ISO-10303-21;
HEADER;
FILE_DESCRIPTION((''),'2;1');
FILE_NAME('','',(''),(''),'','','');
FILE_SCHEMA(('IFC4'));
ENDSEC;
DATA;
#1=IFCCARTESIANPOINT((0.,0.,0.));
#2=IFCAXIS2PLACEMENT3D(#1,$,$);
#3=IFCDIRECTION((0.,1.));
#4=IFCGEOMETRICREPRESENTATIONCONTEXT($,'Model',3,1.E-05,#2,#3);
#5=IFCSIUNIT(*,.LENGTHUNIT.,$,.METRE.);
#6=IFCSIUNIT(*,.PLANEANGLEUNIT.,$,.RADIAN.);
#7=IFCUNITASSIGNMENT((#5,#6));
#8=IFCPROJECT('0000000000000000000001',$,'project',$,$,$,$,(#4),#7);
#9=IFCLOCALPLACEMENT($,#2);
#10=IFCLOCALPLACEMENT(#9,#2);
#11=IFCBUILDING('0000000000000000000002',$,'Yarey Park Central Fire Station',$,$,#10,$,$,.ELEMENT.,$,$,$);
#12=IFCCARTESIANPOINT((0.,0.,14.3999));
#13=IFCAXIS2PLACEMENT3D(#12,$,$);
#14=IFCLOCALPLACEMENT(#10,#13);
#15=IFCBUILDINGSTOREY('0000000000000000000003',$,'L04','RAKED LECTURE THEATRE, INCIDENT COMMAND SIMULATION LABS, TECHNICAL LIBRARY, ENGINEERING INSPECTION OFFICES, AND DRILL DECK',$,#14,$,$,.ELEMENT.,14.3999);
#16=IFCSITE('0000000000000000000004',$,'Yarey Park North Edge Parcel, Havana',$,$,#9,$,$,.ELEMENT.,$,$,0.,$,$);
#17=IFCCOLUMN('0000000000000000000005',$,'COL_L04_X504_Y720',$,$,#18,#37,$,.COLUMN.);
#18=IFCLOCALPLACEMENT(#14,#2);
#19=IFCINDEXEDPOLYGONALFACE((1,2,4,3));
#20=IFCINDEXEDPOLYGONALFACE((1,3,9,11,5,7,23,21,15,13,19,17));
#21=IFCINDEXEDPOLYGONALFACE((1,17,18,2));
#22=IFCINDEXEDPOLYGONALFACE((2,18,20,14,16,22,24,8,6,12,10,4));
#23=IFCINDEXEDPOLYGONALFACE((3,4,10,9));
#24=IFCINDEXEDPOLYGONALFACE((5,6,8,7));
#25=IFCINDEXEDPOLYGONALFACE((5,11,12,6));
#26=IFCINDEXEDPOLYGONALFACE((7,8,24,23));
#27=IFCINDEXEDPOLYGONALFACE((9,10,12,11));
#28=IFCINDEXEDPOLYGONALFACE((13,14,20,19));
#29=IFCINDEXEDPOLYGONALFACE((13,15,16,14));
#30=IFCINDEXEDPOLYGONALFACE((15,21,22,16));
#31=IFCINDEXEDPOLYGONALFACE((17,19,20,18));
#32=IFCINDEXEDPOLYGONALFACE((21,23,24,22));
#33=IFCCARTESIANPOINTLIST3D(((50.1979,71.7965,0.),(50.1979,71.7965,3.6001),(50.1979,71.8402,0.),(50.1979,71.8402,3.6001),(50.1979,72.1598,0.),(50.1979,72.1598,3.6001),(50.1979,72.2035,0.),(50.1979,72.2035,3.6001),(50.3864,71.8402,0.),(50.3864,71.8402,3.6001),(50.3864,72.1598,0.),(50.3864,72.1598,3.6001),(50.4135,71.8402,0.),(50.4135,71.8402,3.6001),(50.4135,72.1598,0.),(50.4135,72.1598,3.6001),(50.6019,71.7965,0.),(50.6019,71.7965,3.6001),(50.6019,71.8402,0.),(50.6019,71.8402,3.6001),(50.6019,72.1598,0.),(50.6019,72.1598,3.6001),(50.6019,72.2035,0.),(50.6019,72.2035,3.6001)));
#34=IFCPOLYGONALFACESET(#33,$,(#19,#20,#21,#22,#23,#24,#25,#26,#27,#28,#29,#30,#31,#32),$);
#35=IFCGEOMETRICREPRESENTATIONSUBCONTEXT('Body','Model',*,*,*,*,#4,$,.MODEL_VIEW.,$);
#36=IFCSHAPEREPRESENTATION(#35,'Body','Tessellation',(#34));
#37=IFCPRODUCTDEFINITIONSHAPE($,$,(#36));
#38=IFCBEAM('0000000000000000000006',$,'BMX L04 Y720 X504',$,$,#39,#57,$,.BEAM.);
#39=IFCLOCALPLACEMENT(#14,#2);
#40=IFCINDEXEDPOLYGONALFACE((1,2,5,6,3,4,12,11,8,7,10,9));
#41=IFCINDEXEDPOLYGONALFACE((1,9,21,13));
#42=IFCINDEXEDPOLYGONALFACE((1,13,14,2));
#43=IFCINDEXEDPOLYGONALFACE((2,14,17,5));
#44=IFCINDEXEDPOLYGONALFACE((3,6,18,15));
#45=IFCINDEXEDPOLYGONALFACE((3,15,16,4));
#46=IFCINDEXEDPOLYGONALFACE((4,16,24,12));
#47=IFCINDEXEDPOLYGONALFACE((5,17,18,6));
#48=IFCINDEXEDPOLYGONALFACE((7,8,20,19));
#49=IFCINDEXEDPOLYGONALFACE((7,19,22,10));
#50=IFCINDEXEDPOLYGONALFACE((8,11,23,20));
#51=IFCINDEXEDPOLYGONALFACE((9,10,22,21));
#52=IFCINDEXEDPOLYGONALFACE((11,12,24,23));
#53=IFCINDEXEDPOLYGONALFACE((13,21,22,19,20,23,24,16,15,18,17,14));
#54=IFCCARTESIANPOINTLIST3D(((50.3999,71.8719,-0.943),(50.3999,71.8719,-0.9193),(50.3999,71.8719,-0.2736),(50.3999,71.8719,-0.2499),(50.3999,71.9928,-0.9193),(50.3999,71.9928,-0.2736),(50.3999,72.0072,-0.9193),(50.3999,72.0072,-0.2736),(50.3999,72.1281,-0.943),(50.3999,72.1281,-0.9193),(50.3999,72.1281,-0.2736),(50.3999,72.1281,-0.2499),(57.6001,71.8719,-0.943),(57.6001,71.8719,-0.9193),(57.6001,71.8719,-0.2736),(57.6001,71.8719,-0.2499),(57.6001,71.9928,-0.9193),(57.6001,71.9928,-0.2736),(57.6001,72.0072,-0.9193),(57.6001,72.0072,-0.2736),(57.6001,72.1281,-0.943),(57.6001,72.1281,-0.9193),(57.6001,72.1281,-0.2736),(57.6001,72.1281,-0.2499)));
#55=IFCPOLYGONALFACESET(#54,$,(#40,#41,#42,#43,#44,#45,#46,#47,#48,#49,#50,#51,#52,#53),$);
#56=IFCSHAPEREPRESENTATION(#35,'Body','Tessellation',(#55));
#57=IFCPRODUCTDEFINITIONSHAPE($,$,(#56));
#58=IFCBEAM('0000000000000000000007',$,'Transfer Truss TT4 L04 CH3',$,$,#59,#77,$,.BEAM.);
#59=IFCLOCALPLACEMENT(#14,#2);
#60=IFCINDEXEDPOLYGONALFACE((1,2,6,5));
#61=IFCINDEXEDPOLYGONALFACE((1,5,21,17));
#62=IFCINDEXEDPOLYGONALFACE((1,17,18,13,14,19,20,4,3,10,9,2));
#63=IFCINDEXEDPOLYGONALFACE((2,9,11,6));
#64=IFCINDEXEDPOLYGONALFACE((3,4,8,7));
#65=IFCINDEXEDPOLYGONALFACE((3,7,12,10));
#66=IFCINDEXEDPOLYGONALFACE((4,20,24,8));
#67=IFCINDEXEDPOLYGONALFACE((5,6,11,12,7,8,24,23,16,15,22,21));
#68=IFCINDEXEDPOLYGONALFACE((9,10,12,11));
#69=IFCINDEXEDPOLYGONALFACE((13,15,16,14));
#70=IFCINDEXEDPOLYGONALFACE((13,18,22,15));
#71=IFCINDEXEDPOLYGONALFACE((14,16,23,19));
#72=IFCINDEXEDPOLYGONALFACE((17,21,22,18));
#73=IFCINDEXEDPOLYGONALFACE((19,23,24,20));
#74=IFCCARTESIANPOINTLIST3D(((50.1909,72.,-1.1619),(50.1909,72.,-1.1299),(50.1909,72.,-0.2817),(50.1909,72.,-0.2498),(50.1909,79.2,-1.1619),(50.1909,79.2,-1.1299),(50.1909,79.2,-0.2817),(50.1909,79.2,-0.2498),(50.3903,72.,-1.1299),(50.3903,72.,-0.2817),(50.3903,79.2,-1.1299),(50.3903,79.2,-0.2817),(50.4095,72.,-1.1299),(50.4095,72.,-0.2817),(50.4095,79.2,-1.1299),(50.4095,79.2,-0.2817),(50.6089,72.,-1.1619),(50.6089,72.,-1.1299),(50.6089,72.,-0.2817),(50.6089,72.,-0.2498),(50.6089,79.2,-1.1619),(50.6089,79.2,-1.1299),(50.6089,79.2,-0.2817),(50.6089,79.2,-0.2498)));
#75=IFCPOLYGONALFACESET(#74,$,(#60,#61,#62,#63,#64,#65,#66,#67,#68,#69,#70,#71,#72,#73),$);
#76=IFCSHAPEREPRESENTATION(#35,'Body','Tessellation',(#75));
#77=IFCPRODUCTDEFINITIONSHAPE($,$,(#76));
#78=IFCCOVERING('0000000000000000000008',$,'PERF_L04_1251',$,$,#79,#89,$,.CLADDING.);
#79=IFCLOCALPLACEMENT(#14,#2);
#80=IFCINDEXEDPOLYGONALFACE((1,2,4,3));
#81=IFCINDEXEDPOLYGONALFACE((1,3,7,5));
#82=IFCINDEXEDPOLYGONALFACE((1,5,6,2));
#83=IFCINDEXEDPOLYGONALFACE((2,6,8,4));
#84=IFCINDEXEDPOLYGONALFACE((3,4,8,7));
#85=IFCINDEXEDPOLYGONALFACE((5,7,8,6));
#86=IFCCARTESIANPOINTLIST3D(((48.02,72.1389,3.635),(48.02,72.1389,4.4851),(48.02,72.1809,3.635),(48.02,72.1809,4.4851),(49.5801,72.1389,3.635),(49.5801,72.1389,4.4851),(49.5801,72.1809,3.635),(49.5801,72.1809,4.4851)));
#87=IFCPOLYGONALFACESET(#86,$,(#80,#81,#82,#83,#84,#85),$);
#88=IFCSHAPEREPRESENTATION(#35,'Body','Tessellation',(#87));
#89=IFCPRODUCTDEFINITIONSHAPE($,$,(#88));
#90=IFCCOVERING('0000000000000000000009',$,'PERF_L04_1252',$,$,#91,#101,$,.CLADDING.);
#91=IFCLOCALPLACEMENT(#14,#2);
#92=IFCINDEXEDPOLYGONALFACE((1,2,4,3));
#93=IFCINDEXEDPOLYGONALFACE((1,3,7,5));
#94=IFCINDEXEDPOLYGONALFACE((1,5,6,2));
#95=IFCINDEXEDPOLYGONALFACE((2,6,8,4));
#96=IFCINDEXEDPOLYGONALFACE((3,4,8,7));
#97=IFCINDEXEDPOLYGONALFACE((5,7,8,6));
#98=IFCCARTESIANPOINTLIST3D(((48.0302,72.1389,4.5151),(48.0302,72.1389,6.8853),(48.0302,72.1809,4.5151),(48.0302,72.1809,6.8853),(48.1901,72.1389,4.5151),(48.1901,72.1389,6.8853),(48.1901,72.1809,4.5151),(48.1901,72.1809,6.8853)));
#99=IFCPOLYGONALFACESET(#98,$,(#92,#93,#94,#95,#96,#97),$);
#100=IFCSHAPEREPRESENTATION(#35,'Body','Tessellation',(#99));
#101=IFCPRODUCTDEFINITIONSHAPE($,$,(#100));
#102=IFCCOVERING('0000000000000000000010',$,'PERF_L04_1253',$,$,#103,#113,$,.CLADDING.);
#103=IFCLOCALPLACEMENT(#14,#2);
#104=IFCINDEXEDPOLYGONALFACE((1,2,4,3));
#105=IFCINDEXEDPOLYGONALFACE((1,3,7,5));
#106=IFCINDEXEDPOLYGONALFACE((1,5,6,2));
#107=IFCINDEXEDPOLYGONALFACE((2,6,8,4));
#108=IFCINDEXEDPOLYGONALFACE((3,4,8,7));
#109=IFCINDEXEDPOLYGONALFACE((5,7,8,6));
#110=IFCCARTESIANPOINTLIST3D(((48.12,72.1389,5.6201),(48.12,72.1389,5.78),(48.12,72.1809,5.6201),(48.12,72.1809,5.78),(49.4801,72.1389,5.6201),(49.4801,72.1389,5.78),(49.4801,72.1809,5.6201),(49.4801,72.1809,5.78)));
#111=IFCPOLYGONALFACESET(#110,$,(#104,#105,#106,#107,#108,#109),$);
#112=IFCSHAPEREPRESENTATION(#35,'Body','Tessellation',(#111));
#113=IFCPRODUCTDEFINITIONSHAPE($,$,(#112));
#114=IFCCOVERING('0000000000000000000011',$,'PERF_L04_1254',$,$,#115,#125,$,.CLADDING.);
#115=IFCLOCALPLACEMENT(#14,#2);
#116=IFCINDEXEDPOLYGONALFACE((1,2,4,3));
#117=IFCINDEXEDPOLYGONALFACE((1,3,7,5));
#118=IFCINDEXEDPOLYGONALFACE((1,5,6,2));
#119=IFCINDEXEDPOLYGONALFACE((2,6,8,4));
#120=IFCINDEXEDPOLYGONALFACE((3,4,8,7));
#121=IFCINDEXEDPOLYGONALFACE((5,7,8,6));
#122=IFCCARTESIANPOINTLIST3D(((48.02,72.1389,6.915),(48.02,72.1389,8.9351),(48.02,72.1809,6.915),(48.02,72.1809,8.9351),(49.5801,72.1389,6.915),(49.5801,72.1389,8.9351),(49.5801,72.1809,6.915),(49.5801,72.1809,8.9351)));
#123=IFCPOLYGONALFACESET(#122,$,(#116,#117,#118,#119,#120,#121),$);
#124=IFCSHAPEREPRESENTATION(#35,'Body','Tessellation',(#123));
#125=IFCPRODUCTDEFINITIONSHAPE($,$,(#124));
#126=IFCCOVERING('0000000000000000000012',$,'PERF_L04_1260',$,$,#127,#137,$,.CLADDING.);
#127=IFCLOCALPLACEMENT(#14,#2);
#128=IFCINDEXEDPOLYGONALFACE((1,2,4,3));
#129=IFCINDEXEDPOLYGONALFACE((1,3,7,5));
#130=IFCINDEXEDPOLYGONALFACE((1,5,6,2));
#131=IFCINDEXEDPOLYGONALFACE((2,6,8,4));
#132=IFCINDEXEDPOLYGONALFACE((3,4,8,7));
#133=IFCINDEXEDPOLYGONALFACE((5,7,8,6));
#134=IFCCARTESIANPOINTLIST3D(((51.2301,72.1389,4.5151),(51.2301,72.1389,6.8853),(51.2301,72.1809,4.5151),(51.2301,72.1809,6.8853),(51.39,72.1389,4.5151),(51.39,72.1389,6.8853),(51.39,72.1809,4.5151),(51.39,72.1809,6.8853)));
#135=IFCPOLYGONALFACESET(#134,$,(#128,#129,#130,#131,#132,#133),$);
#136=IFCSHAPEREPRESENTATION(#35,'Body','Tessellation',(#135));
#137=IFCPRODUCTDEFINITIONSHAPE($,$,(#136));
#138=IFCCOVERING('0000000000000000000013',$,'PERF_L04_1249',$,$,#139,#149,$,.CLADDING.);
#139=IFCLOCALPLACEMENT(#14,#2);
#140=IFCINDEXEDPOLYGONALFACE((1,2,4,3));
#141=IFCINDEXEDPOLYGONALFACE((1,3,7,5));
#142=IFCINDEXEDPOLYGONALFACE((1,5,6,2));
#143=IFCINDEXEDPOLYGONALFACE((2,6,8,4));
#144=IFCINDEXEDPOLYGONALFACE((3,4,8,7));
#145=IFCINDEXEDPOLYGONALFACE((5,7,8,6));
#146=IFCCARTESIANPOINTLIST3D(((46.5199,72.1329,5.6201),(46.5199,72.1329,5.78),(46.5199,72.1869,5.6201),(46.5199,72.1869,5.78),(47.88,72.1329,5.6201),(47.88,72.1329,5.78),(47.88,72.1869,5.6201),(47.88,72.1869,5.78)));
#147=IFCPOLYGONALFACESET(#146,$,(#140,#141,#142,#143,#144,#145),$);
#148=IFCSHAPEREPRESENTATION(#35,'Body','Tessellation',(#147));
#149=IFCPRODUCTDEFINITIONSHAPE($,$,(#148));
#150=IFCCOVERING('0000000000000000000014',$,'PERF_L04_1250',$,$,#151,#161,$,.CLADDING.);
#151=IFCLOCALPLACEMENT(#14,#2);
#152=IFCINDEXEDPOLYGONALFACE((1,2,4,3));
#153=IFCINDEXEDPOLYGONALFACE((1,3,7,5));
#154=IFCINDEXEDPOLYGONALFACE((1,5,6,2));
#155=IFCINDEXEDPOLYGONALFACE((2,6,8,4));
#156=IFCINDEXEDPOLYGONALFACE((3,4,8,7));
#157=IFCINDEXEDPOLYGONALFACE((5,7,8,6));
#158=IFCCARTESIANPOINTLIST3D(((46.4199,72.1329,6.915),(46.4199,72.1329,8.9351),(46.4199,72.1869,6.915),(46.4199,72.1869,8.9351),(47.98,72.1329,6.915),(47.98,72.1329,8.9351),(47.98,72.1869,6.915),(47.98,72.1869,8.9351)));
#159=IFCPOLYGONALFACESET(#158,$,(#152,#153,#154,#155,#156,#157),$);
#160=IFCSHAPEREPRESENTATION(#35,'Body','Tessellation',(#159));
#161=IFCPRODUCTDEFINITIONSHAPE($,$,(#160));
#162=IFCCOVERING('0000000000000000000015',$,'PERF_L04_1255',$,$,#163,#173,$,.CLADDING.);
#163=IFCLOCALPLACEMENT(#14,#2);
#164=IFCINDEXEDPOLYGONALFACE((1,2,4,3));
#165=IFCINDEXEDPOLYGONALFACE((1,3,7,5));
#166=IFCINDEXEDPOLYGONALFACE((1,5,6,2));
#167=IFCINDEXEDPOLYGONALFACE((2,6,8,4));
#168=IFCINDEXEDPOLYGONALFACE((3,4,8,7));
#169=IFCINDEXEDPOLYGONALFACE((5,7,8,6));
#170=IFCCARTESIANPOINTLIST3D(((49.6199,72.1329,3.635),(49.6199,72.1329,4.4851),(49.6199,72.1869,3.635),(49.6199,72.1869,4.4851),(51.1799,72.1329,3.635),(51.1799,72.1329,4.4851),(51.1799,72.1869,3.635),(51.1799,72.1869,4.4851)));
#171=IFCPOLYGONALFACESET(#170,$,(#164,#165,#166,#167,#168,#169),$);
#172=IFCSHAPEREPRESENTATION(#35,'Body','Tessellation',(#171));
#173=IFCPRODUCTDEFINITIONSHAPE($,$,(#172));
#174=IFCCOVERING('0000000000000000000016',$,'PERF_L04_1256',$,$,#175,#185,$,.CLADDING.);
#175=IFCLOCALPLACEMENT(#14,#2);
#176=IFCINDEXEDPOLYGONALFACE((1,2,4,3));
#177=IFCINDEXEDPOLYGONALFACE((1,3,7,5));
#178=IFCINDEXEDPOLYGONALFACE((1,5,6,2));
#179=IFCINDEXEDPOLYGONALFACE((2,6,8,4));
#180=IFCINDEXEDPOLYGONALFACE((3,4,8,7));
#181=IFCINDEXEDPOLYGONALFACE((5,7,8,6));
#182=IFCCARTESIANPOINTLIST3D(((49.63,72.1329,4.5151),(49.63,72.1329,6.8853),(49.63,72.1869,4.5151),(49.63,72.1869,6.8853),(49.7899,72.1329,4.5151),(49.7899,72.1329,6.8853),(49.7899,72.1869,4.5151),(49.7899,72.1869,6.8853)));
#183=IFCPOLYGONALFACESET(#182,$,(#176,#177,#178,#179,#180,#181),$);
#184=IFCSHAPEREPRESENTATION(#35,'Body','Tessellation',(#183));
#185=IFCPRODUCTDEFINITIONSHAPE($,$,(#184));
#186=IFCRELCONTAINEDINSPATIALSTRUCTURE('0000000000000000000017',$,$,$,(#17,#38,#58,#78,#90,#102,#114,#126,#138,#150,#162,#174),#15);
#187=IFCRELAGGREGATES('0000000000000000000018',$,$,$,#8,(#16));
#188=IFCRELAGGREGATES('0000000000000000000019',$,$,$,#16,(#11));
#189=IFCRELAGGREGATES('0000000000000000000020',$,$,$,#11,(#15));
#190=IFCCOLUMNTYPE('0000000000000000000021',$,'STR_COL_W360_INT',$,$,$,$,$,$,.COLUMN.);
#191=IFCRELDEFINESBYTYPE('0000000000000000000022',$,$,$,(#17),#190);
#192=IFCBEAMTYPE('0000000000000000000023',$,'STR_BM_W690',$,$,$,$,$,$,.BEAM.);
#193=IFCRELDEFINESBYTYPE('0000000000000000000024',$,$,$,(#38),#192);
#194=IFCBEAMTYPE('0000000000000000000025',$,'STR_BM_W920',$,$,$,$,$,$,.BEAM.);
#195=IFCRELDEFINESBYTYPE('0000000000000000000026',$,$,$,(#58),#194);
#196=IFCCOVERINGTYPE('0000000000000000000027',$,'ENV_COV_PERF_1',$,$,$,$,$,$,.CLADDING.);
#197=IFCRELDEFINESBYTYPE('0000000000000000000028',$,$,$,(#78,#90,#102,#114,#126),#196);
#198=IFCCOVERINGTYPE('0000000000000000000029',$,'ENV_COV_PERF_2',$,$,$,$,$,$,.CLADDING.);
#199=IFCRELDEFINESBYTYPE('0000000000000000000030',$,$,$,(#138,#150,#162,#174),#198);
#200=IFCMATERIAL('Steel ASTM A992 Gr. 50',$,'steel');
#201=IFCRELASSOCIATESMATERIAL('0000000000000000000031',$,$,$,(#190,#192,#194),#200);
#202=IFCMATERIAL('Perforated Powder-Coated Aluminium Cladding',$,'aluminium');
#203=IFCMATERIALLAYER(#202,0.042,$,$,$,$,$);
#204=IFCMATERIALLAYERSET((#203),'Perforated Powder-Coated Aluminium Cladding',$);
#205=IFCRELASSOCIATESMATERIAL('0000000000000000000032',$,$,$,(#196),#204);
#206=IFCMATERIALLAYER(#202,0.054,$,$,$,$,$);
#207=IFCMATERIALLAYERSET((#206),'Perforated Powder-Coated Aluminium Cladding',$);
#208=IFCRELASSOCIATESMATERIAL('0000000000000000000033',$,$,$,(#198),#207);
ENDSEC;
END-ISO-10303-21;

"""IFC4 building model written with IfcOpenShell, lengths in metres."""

from ifc_helpers import new_model, si_unit, direction, frame, origin, origin_2d, place, context, subcontext, project, spatial, rectangle, i_section, extrude, material, layer, layer_set, material_profile, profile_set, type_object, element, save


model = new_model("IFC4")

# Units and contexts
model_context = context("Model", 3, precision=1e-05, world=origin(), true_north=direction((0.0, 1.0)))
body_context = subcontext(model_context, "Body", "Model", "MODEL_VIEW")
ifc_project = project(units=[si_unit("LENGTHUNIT", "METRE"), si_unit("PLANEANGLEUNIT", "RADIAN")], contexts=[model_context])

# Site, building, storey
site_placement = place(None, origin())
site = spatial("IfcSite", under=ifc_project, at=site_placement, Name="Yarey Park North Edge Parcel, Havana", CompositionType="ELEMENT", RefElevation=0.0)
building_placement = place(site_placement, origin())
building = spatial("IfcBuilding", under=site, at=building_placement, Name="Yarey Park Central Fire Station", CompositionType="ELEMENT")
storey_placement = place(building_placement, frame((0.0, 0.0, 14.3999)))
storey = spatial("IfcBuildingStorey", under=building, at=storey_placement, Name="L04", Description="RAKED LECTURE THEATRE, INCIDENT COMMAND SIMULATION LABS, TECHNICAL LIBRARY, ENGINEERING INSPECTION OFFICES, AND DRILL DECK", CompositionType="ELEMENT", Elevation=14.3999)

# Column
ifc_material_1 = material(Name="Steel ASTM A992 Gr. 50", Category="steel")
ifc_material_profile_1 = material_profile(ifc_material_1, i_section(OverallWidth=0.4041, OverallDepth=0.407, WebThickness=0.0271, FlangeThickness=0.0437, at=origin_2d()), Name="W360x347")
ifc_profile_set_1 = profile_set([ifc_material_profile_1], Name="Steel ASTM A992 Gr. 50")
column_type = type_object("IfcColumnType", Name="STR_COL_W360_INT", PredefinedType="COLUMN", material=ifc_profile_set_1)
column_placement = place(storey_placement, frame((50.3999, 72.0, 0.0), z_axis=(0.0, 0.0, 1.0), x_axis=(1.0, 0.0, 0.0)))
element("IfcColumn", 1, at=column_placement, inside=storey, type_object=column_type, Name="COL_L04_X504_Y720", PredefinedType="COLUMN", context=body_context, shape_type="SweptSolid", body=[
    extrude(i_section(OverallWidth=0.4041, OverallDepth=0.407, WebThickness=0.0271, FlangeThickness=0.0437, at=origin_2d()), origin(), (0.0, 0.0, 1.0), 3.6001),
])

# Beams
ifc_material_profile_2 = material_profile(ifc_material_1, i_section(OverallWidth=0.2561, OverallDepth=0.6931, WebThickness=0.0144, FlangeThickness=0.0237, at=origin_2d()), Name="W690x170")
ifc_profile_set_2 = profile_set([ifc_material_profile_2], Name="Steel ASTM A992 Gr. 50")
beam_type_1 = type_object("IfcBeamType", Name="STR_BM_W690", PredefinedType="BEAM", material=ifc_profile_set_2)
beam_1_placement = place(storey_placement, frame((50.3999, 72.0, -0.5964), z_axis=(1.0, 0.0, 0.0), x_axis=(0.0, 1.0, 0.0)))
element("IfcBeam", 2, at=beam_1_placement, inside=storey, type_object=beam_type_1, Name="BMX L04 Y720 X504", PredefinedType="BEAM", context=body_context, shape_type="SweptSolid", body=[
    extrude(i_section(OverallWidth=0.2561, OverallDepth=0.6931, WebThickness=0.0144, FlangeThickness=0.0237, at=origin_2d()), origin(), (0.0, 0.0, 1.0), 7.2002),
])
ifc_material_profile_3 = material_profile(ifc_material_1, i_section(OverallWidth=0.418, OverallDepth=0.9121, WebThickness=0.0193, FlangeThickness=0.032, at=origin_2d()), Name="W920x342")
ifc_profile_set_3 = profile_set([ifc_material_profile_3], Name="Steel ASTM A992 Gr. 50")
beam_type_2 = type_object("IfcBeamType", Name="STR_BM_W920", PredefinedType="BEAM", material=ifc_profile_set_3)
beam_2_placement = place(storey_placement, frame((50.3999, 72.0, -0.7058), z_axis=(0.0, 1.0, 0.0), x_axis=(-1.0, 0.0, 0.0)))
element("IfcBeam", 3, at=beam_2_placement, inside=storey, type_object=beam_type_2, Name="Transfer Truss TT4 L04 CH3", PredefinedType="BEAM", context=body_context, shape_type="SweptSolid", body=[
    extrude(i_section(OverallWidth=0.418, OverallDepth=0.9121, WebThickness=0.0193, FlangeThickness=0.032, at=origin_2d()), origin(), (0.0, 0.0, 1.0), 7.2),
])

# Coverings
ifc_material_2 = material(Name="Perforated Powder-Coated Aluminium Cladding", Category="aluminium")
ifc_layer_1 = layer(ifc_material_2, 0.042)
ifc_layer_set_1 = layer_set([ifc_layer_1], Name="Perforated Powder-Coated Aluminium Cladding")
covering_type_1 = type_object("IfcCoveringType", Name="ENV_COV_PERF_1", PredefinedType="CLADDING", material=ifc_layer_set_1)
covering_1_placement = place(storey_placement, frame((48.8, 72.1599, 3.635), z_axis=(0.0, 0.0, 1.0), x_axis=(1.0, 0.0, 0.0)))
element("IfcCovering", 4, at=covering_1_placement, inside=storey, type_object=covering_type_1, Name="PERF_L04_1251", PredefinedType="CLADDING", context=body_context, shape_type="SweptSolid", body=[
    extrude(rectangle(XDim=1.5601, YDim=0.042, at=origin_2d()), origin(), (0.0, 0.0, 1.0), 0.8501),
])
covering_2_placement = place(storey_placement, frame((48.1101, 72.1599, 4.5151), z_axis=(0.0, 0.0, 1.0), x_axis=(1.0, 0.0, 0.0)))
element("IfcCovering", 5, at=covering_2_placement, inside=storey, type_object=covering_type_1, Name="PERF_L04_1252", PredefinedType="CLADDING", context=body_context, shape_type="SweptSolid", body=[
    extrude(rectangle(XDim=0.1599, YDim=0.042, at=origin_2d()), origin(), (0.0, 0.0, 1.0), 2.3701),
])
covering_3_placement = place(storey_placement, frame((48.8, 72.1599, 5.6201), z_axis=(0.0, 0.0, 1.0), x_axis=(1.0, 0.0, 0.0)))
element("IfcCovering", 6, at=covering_3_placement, inside=storey, type_object=covering_type_1, Name="PERF_L04_1253", PredefinedType="CLADDING", context=body_context, shape_type="SweptSolid", body=[
    extrude(rectangle(XDim=1.3601, YDim=0.042, at=origin_2d()), origin(), (0.0, 0.0, 1.0), 0.1599),
])
covering_4_placement = place(storey_placement, frame((48.8, 72.1599, 6.915), z_axis=(0.0, 0.0, 1.0), x_axis=(1.0, 0.0, 0.0)))
element("IfcCovering", 7, at=covering_4_placement, inside=storey, type_object=covering_type_1, Name="PERF_L04_1254", PredefinedType="CLADDING", context=body_context, shape_type="SweptSolid", body=[
    extrude(rectangle(XDim=1.5601, YDim=0.042, at=origin_2d()), origin(), (0.0, 0.0, 1.0), 2.02),
])
covering_5_placement = place(storey_placement, frame((51.3101, 72.1599, 4.5151), z_axis=(0.0, 0.0, 1.0), x_axis=(1.0, 0.0, 0.0)))
element("IfcCovering", 8, at=covering_5_placement, inside=storey, type_object=covering_type_1, Name="PERF_L04_1260", PredefinedType="CLADDING", context=body_context, shape_type="SweptSolid", body=[
    extrude(rectangle(XDim=0.1599, YDim=0.042, at=origin_2d()), origin(), (0.0, 0.0, 1.0), 2.3701),
])
ifc_layer_2 = layer(ifc_material_2, 0.054)
ifc_layer_set_2 = layer_set([ifc_layer_2], Name="Perforated Powder-Coated Aluminium Cladding")
covering_type_2 = type_object("IfcCoveringType", Name="ENV_COV_PERF_2", PredefinedType="CLADDING", material=ifc_layer_set_2)
covering_6_placement = place(storey_placement, frame((47.2, 72.1599, 5.6201), z_axis=(0.0, 0.0, 1.0), x_axis=(1.0, 0.0, 0.0)))
element("IfcCovering", 9, at=covering_6_placement, inside=storey, type_object=covering_type_2, Name="PERF_L04_1249", PredefinedType="CLADDING", context=body_context, shape_type="SweptSolid", body=[
    extrude(rectangle(XDim=1.3601, YDim=0.054, at=origin_2d()), origin(), (0.0, 0.0, 1.0), 0.1599),
])
covering_7_placement = place(storey_placement, frame((47.2, 72.1599, 6.915), z_axis=(0.0, 0.0, 1.0), x_axis=(1.0, 0.0, 0.0)))
element("IfcCovering", 10, at=covering_7_placement, inside=storey, type_object=covering_type_2, Name="PERF_L04_1250", PredefinedType="CLADDING", context=body_context, shape_type="SweptSolid", body=[
    extrude(rectangle(XDim=1.5601, YDim=0.054, at=origin_2d()), origin(), (0.0, 0.0, 1.0), 2.02),
])
covering_8_placement = place(storey_placement, frame((50.3999, 72.1599, 3.635), z_axis=(0.0, 0.0, 1.0), x_axis=(1.0, 0.0, 0.0)))
element("IfcCovering", 11, at=covering_8_placement, inside=storey, type_object=covering_type_2, Name="PERF_L04_1255", PredefinedType="CLADDING", context=body_context, shape_type="SweptSolid", body=[
    extrude(rectangle(XDim=1.5601, YDim=0.054, at=origin_2d()), origin(), (0.0, 0.0, 1.0), 0.8501),
])
covering_9_placement = place(storey_placement, frame((49.71, 72.1599, 4.5151), z_axis=(0.0, 0.0, 1.0), x_axis=(1.0, 0.0, 0.0)))
element("IfcCovering", 12, at=covering_9_placement, inside=storey, type_object=covering_type_2, Name="PERF_L04_1256", PredefinedType="CLADDING", context=body_context, shape_type="SweptSolid", body=[
    extrude(rectangle(XDim=0.1599, YDim=0.054, at=origin_2d()), origin(), (0.0, 0.0, 1.0), 2.3701),
])

save(model, "model.ifc")
